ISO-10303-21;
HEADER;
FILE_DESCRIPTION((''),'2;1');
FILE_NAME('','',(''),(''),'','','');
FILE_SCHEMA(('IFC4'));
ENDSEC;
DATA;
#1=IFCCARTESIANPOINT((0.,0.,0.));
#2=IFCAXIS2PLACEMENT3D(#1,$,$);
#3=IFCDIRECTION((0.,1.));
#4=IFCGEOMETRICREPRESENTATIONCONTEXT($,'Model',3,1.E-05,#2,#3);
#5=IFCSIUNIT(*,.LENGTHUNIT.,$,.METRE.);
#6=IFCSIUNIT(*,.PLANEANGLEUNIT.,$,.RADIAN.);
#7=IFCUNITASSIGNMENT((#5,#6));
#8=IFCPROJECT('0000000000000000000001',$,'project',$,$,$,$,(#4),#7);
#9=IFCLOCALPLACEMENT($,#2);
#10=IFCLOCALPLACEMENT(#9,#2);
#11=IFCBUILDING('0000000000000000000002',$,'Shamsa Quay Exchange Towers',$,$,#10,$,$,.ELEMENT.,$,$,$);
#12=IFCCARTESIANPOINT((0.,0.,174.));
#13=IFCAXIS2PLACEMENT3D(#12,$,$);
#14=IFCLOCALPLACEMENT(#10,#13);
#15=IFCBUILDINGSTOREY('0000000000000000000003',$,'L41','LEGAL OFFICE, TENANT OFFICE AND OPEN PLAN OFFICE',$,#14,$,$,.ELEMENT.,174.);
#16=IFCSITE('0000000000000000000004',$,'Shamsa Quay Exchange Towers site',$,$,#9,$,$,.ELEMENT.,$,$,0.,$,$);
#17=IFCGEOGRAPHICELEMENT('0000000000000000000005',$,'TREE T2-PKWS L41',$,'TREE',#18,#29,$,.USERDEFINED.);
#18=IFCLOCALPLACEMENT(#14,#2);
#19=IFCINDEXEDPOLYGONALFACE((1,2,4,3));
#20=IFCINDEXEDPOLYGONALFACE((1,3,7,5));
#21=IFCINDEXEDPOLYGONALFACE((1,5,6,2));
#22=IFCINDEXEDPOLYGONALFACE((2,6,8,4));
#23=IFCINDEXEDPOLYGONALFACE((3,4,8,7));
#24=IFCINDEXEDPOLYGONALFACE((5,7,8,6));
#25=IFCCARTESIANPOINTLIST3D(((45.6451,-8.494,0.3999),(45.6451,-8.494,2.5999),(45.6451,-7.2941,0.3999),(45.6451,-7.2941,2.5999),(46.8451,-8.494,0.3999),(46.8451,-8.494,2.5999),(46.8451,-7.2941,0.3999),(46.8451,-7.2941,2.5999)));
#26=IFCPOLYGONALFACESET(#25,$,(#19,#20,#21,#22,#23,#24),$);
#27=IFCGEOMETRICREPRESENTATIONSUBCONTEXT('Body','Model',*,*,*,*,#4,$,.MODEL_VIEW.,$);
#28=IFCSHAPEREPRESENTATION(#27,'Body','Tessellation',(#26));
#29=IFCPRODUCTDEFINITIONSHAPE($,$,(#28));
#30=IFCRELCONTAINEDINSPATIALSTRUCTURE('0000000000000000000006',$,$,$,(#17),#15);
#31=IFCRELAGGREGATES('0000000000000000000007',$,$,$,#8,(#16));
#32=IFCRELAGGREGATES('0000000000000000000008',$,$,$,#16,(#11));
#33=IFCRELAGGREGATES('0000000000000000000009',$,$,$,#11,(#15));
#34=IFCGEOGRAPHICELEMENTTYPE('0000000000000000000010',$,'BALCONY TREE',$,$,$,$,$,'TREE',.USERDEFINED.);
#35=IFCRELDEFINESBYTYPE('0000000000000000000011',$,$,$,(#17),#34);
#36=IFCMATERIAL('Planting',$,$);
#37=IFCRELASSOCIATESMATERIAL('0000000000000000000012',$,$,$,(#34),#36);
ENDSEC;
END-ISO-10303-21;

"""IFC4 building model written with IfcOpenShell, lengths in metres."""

from ifc_helpers import new_model, si_unit, direction, frame, origin, origin_2d, place, context, subcontext, project, spatial, rectangle, extrude, material, type_object, element, save


model = new_model("IFC4")

# Units and contexts
model_context = context("Model", 3, precision=1e-05, world=origin(), true_north=direction((0.0, 1.0)))
body_context = subcontext(model_context, "Body", "Model", "MODEL_VIEW")
ifc_project = project(units=[si_unit("LENGTHUNIT", "METRE"), si_unit("PLANEANGLEUNIT", "RADIAN")], contexts=[model_context])

# Site, building, storey
site_placement = place(None, origin())
site = spatial("IfcSite", under=ifc_project, at=site_placement, Name="Shamsa Quay Exchange Towers site", CompositionType="ELEMENT", RefElevation=0.0)
building_placement = place(site_placement, origin())
building = spatial("IfcBuilding", under=site, at=building_placement, Name="Shamsa Quay Exchange Towers", CompositionType="ELEMENT")
storey_placement = place(building_placement, frame((0.0, 0.0, 174.0)))
storey = spatial("IfcBuildingStorey", under=building, at=storey_placement, Name="L41", Description="LEGAL OFFICE, TENANT OFFICE AND OPEN PLAN OFFICE", CompositionType="ELEMENT", Elevation=174.0)

# Geographic element
ifc_material_1 = material(Name="Planting")
geographic_element_type = type_object("IfcGeographicElementType", Name="BALCONY TREE", ElementType="TREE", PredefinedType="USERDEFINED", material=ifc_material_1)
geographic_element_placement = place(storey_placement, frame((46.2451, -7.894, 0.3999), z_axis=(0.0, 0.0, 1.0), x_axis=(0.0, 1.0, 0.0)))
element("IfcGeographicElement", 1, at=geographic_element_placement, inside=storey, type_object=geographic_element_type, Name="TREE T2-PKWS L41", ObjectType="TREE", PredefinedType="USERDEFINED", context=body_context, shape_type="SweptSolid", body=[
    extrude(rectangle(XDim=1.2, YDim=1.2, at=origin_2d()), origin(), (0.0, 0.0, 1.0), 2.2),
])

save(model, "model.ifc")
